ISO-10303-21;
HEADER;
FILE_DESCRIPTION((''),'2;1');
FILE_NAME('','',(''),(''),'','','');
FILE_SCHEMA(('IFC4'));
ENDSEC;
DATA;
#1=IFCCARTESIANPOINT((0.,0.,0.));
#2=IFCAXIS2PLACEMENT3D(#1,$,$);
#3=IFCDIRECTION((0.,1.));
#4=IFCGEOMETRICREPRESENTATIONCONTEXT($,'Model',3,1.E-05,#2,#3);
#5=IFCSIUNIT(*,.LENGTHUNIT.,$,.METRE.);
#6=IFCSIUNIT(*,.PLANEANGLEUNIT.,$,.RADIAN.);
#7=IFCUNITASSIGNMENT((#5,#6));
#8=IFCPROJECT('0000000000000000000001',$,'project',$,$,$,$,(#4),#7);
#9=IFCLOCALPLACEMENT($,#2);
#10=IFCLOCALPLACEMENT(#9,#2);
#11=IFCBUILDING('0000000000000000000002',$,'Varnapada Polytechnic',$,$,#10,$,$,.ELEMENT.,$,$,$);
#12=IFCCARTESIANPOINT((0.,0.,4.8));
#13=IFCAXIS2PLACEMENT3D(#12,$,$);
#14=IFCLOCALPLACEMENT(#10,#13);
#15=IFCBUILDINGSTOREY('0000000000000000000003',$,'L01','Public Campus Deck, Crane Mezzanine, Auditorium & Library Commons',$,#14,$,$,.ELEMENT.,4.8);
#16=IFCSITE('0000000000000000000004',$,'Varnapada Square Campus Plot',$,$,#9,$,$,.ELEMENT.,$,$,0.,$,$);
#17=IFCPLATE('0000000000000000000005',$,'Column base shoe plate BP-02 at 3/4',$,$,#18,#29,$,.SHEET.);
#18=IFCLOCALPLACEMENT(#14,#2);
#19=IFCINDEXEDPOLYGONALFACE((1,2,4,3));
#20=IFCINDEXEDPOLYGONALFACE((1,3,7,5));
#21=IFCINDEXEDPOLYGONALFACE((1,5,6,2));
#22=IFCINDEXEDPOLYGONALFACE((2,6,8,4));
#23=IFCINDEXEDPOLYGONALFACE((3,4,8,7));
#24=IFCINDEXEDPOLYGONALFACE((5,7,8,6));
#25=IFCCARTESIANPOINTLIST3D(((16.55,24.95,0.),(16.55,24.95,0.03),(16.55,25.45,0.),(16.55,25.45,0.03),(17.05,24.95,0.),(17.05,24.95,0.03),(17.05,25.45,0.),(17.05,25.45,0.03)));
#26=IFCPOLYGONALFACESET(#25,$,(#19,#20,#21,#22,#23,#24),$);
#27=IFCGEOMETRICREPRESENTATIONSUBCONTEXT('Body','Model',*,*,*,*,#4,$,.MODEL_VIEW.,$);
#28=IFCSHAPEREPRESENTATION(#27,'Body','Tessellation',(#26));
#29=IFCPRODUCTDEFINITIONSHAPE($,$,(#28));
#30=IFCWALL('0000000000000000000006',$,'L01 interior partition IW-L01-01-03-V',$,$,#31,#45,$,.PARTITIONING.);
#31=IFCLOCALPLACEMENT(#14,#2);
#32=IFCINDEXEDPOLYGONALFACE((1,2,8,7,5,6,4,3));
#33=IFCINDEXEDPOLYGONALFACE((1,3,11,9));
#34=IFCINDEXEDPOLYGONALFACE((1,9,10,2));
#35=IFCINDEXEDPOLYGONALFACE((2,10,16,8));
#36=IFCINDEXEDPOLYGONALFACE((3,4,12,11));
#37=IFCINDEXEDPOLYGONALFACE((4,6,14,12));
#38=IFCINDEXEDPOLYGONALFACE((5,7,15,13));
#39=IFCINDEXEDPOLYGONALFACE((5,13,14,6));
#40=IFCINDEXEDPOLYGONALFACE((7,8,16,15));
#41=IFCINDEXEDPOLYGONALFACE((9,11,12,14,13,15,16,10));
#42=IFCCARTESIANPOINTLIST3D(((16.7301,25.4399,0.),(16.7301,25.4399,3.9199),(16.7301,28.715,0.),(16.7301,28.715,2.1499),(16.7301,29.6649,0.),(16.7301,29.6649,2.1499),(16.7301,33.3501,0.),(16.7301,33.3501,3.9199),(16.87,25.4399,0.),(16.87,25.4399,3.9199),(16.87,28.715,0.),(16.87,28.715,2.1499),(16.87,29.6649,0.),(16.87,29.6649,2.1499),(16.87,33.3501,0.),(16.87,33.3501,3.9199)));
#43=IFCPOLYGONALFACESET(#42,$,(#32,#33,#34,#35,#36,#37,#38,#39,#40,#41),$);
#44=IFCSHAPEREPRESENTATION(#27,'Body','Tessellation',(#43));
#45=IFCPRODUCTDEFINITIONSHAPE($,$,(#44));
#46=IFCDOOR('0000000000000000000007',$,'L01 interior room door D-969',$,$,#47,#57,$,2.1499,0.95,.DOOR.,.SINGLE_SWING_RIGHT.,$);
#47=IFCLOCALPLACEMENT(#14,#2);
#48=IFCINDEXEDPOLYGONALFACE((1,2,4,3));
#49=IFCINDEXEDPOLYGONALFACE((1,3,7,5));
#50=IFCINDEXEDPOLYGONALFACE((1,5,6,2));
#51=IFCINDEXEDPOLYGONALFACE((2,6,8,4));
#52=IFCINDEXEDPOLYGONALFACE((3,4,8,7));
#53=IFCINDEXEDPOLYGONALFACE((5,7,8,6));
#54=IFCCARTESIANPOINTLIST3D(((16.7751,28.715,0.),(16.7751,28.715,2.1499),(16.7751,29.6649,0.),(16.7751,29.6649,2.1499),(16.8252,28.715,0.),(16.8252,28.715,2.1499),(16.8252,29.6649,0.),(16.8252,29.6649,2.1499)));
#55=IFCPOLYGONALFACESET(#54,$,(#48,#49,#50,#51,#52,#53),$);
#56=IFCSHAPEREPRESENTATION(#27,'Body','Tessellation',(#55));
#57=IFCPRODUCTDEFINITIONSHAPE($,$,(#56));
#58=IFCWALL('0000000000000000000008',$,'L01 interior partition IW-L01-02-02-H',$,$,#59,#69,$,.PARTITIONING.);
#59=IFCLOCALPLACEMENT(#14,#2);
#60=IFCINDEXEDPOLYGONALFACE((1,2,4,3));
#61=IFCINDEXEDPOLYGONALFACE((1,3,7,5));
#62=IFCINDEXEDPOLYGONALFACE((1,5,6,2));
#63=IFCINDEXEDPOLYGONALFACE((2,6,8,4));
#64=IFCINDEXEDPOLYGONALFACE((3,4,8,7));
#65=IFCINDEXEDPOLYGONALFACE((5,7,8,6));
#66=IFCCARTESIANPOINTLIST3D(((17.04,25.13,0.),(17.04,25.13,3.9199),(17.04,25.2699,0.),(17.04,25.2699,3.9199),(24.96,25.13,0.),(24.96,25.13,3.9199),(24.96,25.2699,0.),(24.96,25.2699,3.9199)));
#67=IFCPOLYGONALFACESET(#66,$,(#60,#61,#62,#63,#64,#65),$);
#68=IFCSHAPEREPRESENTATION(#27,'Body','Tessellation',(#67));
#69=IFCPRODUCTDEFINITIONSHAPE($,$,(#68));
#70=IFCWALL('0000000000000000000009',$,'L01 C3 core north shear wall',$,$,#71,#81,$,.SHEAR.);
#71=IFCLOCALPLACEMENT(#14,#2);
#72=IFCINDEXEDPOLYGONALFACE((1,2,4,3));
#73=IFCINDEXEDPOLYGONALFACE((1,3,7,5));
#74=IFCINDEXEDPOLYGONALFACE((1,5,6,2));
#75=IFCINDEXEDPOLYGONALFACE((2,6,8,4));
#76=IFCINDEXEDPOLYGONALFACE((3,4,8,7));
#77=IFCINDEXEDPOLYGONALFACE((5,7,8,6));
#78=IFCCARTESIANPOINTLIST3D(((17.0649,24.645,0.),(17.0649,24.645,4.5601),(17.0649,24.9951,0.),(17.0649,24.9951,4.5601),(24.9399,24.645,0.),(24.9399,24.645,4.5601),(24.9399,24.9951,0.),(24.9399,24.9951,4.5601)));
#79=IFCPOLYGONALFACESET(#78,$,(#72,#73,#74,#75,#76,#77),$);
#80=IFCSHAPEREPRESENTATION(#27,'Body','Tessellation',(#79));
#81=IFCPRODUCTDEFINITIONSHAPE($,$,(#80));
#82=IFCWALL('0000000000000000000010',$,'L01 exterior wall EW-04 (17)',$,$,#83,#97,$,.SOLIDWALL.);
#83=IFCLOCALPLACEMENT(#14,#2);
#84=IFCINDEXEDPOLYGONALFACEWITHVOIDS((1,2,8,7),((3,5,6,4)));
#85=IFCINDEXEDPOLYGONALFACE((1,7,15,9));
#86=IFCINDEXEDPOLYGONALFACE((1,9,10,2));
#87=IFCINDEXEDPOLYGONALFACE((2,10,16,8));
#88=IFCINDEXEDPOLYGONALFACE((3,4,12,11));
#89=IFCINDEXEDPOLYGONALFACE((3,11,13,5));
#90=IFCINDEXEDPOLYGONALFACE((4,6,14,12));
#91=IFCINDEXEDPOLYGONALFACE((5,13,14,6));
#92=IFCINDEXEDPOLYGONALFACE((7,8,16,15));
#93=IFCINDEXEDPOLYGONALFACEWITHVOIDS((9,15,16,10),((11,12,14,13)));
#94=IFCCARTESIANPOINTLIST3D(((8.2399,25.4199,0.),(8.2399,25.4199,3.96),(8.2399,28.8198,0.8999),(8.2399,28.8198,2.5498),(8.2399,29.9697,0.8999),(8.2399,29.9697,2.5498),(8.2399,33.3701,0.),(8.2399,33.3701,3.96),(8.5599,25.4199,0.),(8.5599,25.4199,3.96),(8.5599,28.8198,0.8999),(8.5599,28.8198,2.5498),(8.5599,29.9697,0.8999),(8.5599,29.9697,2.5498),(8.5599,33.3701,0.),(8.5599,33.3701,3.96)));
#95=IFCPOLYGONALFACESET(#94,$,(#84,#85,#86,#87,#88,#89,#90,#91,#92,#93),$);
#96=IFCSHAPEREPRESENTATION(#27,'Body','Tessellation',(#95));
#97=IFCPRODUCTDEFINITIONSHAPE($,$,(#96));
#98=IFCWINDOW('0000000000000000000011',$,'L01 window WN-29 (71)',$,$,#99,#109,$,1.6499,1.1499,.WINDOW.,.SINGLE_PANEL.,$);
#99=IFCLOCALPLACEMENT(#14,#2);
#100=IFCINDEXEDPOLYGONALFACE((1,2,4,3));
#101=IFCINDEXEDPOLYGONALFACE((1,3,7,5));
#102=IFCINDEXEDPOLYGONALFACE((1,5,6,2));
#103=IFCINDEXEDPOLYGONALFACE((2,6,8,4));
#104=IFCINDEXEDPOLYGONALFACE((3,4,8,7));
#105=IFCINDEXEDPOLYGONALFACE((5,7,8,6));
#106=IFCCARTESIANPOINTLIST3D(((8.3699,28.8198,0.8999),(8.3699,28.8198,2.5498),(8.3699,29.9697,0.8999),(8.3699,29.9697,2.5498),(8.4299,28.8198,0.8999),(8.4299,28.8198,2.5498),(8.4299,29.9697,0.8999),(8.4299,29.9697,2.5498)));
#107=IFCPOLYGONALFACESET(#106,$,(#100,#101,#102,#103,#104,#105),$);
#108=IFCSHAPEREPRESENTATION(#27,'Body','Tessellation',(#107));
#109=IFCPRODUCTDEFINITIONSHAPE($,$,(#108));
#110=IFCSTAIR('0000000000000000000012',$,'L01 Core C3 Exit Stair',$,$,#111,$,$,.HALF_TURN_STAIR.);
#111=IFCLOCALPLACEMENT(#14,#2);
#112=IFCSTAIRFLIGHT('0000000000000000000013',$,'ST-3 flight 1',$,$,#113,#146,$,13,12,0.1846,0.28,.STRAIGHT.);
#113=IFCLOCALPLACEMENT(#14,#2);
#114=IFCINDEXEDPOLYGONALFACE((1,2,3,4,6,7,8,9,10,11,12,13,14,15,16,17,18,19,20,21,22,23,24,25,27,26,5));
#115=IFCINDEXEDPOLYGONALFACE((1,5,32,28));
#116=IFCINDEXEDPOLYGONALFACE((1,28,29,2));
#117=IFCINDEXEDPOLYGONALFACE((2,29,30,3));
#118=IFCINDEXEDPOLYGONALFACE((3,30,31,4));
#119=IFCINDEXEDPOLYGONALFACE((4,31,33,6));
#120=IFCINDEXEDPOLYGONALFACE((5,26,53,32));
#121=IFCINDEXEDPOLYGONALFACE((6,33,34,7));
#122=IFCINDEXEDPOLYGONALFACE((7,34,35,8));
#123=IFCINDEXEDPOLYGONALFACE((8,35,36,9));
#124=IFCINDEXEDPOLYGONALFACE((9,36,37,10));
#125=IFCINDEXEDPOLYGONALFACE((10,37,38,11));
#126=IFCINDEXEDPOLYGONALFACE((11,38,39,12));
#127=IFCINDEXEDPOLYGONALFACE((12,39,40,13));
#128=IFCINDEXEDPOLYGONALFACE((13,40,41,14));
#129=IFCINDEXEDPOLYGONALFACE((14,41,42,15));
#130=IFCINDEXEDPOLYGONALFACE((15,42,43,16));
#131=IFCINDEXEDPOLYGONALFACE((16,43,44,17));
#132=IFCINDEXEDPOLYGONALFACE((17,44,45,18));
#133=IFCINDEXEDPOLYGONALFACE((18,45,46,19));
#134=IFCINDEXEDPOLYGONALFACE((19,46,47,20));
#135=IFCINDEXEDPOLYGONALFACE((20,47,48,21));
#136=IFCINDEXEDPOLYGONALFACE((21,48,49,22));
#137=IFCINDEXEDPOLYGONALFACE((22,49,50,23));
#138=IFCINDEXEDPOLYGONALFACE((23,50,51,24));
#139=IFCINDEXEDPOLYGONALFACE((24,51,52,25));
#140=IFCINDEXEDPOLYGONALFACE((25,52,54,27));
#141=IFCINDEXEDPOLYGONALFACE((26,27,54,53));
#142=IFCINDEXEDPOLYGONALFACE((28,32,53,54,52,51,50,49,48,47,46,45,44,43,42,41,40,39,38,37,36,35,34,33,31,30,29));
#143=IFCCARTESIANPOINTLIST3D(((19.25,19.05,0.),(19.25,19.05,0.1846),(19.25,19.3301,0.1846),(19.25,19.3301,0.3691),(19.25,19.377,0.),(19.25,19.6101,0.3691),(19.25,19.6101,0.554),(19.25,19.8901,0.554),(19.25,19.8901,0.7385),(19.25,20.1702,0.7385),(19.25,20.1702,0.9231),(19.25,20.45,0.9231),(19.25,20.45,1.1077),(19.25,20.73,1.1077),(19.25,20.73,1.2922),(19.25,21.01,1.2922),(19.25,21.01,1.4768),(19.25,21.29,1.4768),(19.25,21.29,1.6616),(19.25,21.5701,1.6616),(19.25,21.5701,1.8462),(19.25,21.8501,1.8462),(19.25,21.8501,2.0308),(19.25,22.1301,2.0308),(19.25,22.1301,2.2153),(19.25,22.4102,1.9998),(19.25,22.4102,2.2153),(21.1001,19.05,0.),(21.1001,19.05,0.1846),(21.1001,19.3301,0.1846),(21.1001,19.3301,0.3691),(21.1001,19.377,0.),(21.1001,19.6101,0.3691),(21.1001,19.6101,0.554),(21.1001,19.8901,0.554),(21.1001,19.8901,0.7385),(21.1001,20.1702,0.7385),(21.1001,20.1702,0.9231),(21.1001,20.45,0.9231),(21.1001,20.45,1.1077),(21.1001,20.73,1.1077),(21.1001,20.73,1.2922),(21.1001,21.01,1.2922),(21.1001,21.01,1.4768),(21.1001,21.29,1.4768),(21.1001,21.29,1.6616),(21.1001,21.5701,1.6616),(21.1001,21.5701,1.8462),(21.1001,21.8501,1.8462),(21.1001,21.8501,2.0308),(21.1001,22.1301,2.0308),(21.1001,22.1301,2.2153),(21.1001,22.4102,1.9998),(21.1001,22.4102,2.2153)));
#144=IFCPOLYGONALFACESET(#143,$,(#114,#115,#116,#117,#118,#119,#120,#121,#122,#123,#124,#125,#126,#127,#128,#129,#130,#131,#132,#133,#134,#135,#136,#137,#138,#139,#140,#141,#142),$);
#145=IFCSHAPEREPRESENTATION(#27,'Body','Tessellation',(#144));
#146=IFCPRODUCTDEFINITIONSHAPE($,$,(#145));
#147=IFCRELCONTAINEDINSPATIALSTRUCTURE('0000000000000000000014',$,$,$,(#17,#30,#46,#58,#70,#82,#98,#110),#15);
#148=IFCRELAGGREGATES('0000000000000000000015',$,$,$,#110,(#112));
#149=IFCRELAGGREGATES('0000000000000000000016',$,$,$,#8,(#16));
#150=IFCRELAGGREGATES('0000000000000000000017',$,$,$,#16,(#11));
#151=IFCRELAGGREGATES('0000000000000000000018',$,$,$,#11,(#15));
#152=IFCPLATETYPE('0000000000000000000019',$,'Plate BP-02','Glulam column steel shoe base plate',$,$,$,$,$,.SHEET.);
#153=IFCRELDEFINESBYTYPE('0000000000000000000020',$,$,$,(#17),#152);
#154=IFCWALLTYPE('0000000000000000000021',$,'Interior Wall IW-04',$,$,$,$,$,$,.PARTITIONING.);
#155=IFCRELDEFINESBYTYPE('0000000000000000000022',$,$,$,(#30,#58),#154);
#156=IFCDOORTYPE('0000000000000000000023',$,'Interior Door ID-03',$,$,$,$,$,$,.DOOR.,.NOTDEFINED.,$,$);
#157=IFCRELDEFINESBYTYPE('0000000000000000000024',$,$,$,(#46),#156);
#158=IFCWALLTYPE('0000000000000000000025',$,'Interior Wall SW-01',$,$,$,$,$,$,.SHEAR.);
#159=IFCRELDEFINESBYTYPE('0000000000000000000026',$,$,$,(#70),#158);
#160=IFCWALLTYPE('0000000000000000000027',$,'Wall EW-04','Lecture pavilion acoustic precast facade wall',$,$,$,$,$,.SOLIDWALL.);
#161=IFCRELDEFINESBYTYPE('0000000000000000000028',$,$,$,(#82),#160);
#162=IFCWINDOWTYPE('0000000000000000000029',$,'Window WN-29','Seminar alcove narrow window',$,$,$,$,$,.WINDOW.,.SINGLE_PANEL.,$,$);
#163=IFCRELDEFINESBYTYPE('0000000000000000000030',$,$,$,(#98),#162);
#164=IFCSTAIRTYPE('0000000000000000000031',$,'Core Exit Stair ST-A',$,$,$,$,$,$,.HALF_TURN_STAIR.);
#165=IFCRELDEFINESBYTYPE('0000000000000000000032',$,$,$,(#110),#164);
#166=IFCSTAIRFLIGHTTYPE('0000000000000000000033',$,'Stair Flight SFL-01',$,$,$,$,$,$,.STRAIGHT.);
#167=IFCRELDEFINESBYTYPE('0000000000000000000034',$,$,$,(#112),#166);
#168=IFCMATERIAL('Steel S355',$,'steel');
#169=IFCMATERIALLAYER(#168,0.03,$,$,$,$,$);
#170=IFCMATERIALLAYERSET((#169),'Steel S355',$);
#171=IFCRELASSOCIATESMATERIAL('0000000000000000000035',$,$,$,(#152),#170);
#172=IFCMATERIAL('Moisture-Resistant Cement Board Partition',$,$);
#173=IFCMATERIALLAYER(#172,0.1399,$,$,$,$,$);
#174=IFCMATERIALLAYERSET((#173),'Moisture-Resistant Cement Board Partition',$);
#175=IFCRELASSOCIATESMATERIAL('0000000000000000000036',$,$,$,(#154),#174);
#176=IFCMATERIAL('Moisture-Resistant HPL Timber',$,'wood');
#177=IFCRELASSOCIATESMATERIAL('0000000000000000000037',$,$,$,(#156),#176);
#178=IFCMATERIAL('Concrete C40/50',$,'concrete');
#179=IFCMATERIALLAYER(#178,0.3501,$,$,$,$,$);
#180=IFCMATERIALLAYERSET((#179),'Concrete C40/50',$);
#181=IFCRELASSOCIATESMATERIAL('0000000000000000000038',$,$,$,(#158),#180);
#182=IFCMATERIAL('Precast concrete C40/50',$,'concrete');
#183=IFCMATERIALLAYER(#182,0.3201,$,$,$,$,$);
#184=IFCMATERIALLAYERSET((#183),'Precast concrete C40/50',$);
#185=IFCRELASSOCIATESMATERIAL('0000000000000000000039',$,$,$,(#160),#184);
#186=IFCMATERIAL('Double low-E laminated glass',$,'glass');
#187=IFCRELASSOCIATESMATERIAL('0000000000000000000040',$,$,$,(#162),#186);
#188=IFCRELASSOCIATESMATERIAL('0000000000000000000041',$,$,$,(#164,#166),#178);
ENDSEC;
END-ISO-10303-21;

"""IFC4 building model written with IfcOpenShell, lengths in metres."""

from ifc_helpers import new_model, si_unit, direction, frame, frame_2d, origin, origin_2d, place, context, subcontext, project, spatial, polyline, rectangle, outline, extrude, material, layer, layer_set, type_object, element, fill, aggregate, save


model = new_model("IFC4")

# Units and contexts
model_context = context("Model", 3, precision=1e-05, world=origin(), true_north=direction((0.0, 1.0)))
body_context = subcontext(model_context, "Body", "Model", "MODEL_VIEW")
ifc_project = project(units=[si_unit("LENGTHUNIT", "METRE"), si_unit("PLANEANGLEUNIT", "RADIAN")], contexts=[model_context])

# Site, building, storey
site_placement = place(None, origin())
site = spatial("IfcSite", under=ifc_project, at=site_placement, Name="Varnapada Square Campus Plot", CompositionType="ELEMENT", RefElevation=0.0)
building_placement = place(site_placement, origin())
building = spatial("IfcBuilding", under=site, at=building_placement, Name="Varnapada Polytechnic", CompositionType="ELEMENT")
storey_placement = place(building_placement, frame((0.0, 0.0, 4.8)))
storey = spatial("IfcBuildingStorey", under=building, at=storey_placement, Name="L01", Description="Public Campus Deck, Crane Mezzanine, Auditorium & Library Commons", CompositionType="ELEMENT", Elevation=4.8)

# Shared definitions
ifc_material_1 = material(Name="Double low-E laminated glass", Category="glass")

# Plate
ifc_material_2 = material(Name="Steel S355", Category="steel")
ifc_layer_1 = layer(ifc_material_2, 0.03)
ifc_layer_set_1 = layer_set([ifc_layer_1], Name="Steel S355")
plate_type_1 = type_object("IfcPlateType", Name="Plate BP-02", Description="Glulam column steel shoe base plate", PredefinedType="SHEET", material=ifc_layer_set_1)
for number, where, z_axis, x_axis, name in (
    (1, (16.8, 25.2, 0.0), (0.0, 0.0, 1.0), (1.0, 0.0, 0.0), "Column base shoe plate BP-02 at 3/4"),
):
    element("IfcPlate", number, at=place(storey_placement, frame(where, z_axis=z_axis, x_axis=x_axis)), inside=storey, type_object=plate_type_1, Name=name, PredefinedType="SHEET", context=body_context, shape_type="SweptSolid", body=[
        extrude(rectangle(XDim=0.5, YDim=0.5, at=origin_2d()), origin(), (0.0, 0.0, 1.0), 0.03),
    ])

# Wall, opening, door
ifc_material_3 = material(Name="Moisture-Resistant Cement Board Partition")
ifc_layer_2 = layer(ifc_material_3, 0.1399)
ifc_layer_set_2 = layer_set([ifc_layer_2], Name="Moisture-Resistant Cement Board Partition")
wall_type_1 = type_object("IfcWallType", Name="Interior Wall IW-04", PredefinedType="PARTITIONING", material=ifc_layer_set_2)
wall_1_placement = place(storey_placement, frame((16.8, 25.4399, 0.0), z_axis=(0.0, 0.0, 1.0), x_axis=(0.0, 1.0, 0.0)))
wall_1 = element("IfcWall", 2, at=wall_1_placement, inside=storey, type_object=wall_type_1, Name="L01 interior partition IW-L01-01-03-V", PredefinedType="PARTITIONING", context=body_context, shape_type="SweptSolid", body=[
    extrude(rectangle(XDim=7.9102, YDim=0.1399, at=frame_2d((3.9551, 0.0))), origin(), (0.0, 0.0, 1.0), 3.9199),
])
opening_1_placement = place(wall_1_placement, frame((3.2749, 0.0, 0.0)))
opening_1 = element("IfcOpeningElement", 3, at=opening_1_placement, cuts=wall_1, PredefinedType="OPENING", context=body_context, shape_type="SweptSolid", body=[
    extrude(rectangle(XDim=0.95, YDim=2.1499, at=frame_2d((0.4751, 1.075))), frame((0.0, 0.0798, 0.0), z_axis=(0.0, -1.0, 0.0), x_axis=(1.0, 0.0, 0.0)), (0.0, 0.0, 1.0), 0.1599),
])
ifc_material_4 = material(Name="Moisture-Resistant HPL Timber", Category="wood")
door_type_1 = type_object("IfcDoorType", Name="Interior Door ID-03", OperationType="NOTDEFINED", PredefinedType="DOOR", material=ifc_material_4)
door_1_placement = place(opening_1_placement, origin())
door_1 = element("IfcDoor", 4, at=door_1_placement, inside=storey, type_object=door_type_1, Name="L01 interior room door D-969", OperationType="SINGLE_SWING_RIGHT", OverallHeight=2.1499, OverallWidth=0.95, PredefinedType="DOOR", context=body_context, shape_type="SweptSolid", body=[
    extrude(rectangle(XDim=0.95, YDim=2.1499, at=frame_2d((0.4751, 1.075))), frame((0.0, 0.0249, 0.0), z_axis=(0.0, -1.0, 0.0), x_axis=(1.0, 0.0, 0.0)), (0.0, 0.0, 1.0), 0.05),
])
fill(opening_1, door_1)

# Walls
wall_2_placement = place(storey_placement, frame((17.04, 25.2, 0.0), z_axis=(0.0, 0.0, 1.0), x_axis=(1.0, 0.0, 0.0)))
element("IfcWall", 5, at=wall_2_placement, inside=storey, type_object=wall_type_1, Name="L01 interior partition IW-L01-02-02-H", PredefinedType="PARTITIONING", context=body_context, shape_type="SweptSolid", body=[
    extrude(rectangle(XDim=7.9199, YDim=0.1399, at=frame_2d((3.96, 0.0))), origin(), (0.0, 0.0, 1.0), 3.9199),
])
ifc_material_5 = material(Name="Concrete C40/50", Category="concrete")
ifc_layer_3 = layer(ifc_material_5, 0.3501)
ifc_layer_set_3 = layer_set([ifc_layer_3], Name="Concrete C40/50")
wall_type_2 = type_object("IfcWallType", Name="Interior Wall SW-01", PredefinedType="SHEAR", material=ifc_layer_set_3)
wall_3_placement = place(storey_placement, frame((17.0649, 24.8201, 0.0), z_axis=(0.0, 0.0, 1.0), x_axis=(1.0, 0.0, 0.0)))
element("IfcWall", 6, at=wall_3_placement, inside=storey, type_object=wall_type_2, Name="L01 C3 core north shear wall", PredefinedType="SHEAR", context=body_context, shape_type="SweptSolid", body=[
    extrude(rectangle(XDim=7.875, YDim=0.3501, at=frame_2d((3.9375, 0.0))), origin(), (0.0, 0.0, 1.0), 4.5601),
])

# Wall, opening, window
ifc_material_6 = material(Name="Precast concrete C40/50", Category="concrete")
ifc_layer_4 = layer(ifc_material_6, 0.3201)
ifc_layer_set_4 = layer_set([ifc_layer_4], Name="Precast concrete C40/50")
wall_type_3 = type_object("IfcWallType", Name="Wall EW-04", Description="Lecture pavilion acoustic precast facade wall", PredefinedType="SOLIDWALL", material=ifc_layer_set_4)
wall_4_placement = place(storey_placement, frame((8.3999, 25.4199, 0.0), z_axis=(0.0, 0.0, 1.0), x_axis=(0.0, 1.0, 0.0)))
wall_4 = element("IfcWall", 7, at=wall_4_placement, inside=storey, type_object=wall_type_3, Name="L01 exterior wall EW-04 (17)", PredefinedType="SOLIDWALL", context=body_context, shape_type="SweptSolid", body=[
    extrude(rectangle(XDim=7.9502, YDim=0.3201, at=frame_2d((3.9751, 0.0))), origin(), (0.0, 0.0, 1.0), 3.96),
])
opening_2_placement = place(wall_4_placement, frame((3.3999, 0.0, 0.8999)))
opening_2 = element("IfcOpeningElement", 8, at=opening_2_placement, cuts=wall_4, PredefinedType="OPENING", context=body_context, shape_type="SweptSolid", body=[
    extrude(rectangle(XDim=1.1499, YDim=1.6499, at=frame_2d((0.575, 0.825))), frame((0.0, 0.1699, 0.0), z_axis=(0.0, -1.0, 0.0), x_axis=(1.0, 0.0, 0.0)), (0.0, 0.0, 1.0), 0.3401),
])
window_type = type_object("IfcWindowType", Name="Window WN-29", Description="Seminar alcove narrow window", PartitioningType="SINGLE_PANEL", PredefinedType="WINDOW", material=ifc_material_1)
window_placement = place(opening_2_placement, origin())
window = element("IfcWindow", 9, at=window_placement, inside=storey, type_object=window_type, Name="L01 window WN-29 (71)", OverallHeight=1.6499, OverallWidth=1.1499, PartitioningType="SINGLE_PANEL", PredefinedType="WINDOW", context=body_context, shape_type="SweptSolid", body=[
    extrude(rectangle(XDim=1.1499, YDim=1.6499, at=frame_2d((0.575, 0.825))), frame((0.0, 0.03, 0.0), z_axis=(0.0, -1.0, 0.0), x_axis=(1.0, 0.0, 0.0)), (0.0, 0.0, 1.0), 0.0601),
])
fill(opening_2, window)

# Stair, stair flight
stair_type = type_object("IfcStairType", Name="Core Exit Stair ST-A", PredefinedType="HALF_TURN_STAIR", material=ifc_material_5)
stair_placement = place(storey_placement, origin())
stair = element("IfcStair", 10, at=stair_placement, inside=storey, type_object=stair_type, Name="L01 Core C3 Exit Stair", PredefinedType="HALF_TURN_STAIR")
stair_flight_type = type_object("IfcStairFlightType", Name="Stair Flight SFL-01", PredefinedType="STRAIGHT", material=ifc_material_5)
stair_flight_1_placement = place(storey_placement, frame((20.175, 19.05, 0.0), z_axis=(0.0, 0.0, 1.0), x_axis=(0.0, 1.0, 0.0)))
stair_flight_1 = element("IfcStairFlight", 11, at=stair_flight_1_placement, type_object=stair_flight_type, Name="ST-3 flight 1", NumberOfRisers=13, NumberOfTreads=12, PredefinedType="STRAIGHT", RiserHeight=0.1846, TreadLength=0.28, context=body_context, shape_type="SweptSolid", body=[
    extrude(outline(polyline([(0.0, 0.0), (0.0, 0.1846), (0.28, 0.1846), (0.28, 0.3691), (0.5601, 0.3691), (0.5601, 0.554), (0.8401, 0.554), (0.8401, 0.7385), (1.1201, 0.7385), (1.1201, 0.9231), (1.3999, 0.9231), (1.3999, 1.1077), (1.6799, 1.1077), (1.6799, 1.2922), (1.96, 1.2922), (1.96, 1.4768), (2.24, 1.4768), (2.24, 1.6616), (2.52, 1.6616), (2.52, 1.8462), (2.8, 1.8462), (2.8, 2.0308), (3.0801, 2.0308), (3.0801, 2.2153), (3.3601, 2.2153), (3.3601, 2.3999), (3.3601, 1.9998), (0.3269, 0.0), (0.0, 0.0)])), frame((0.0, 0.925, 0.0), z_axis=(0.0, -1.0, 0.0), x_axis=(1.0, 0.0, 0.0)), (0.0, 0.0, 1.0), 1.8501),
])
aggregate(stair, [stair_flight_1])

save(model, "model.ifc")
